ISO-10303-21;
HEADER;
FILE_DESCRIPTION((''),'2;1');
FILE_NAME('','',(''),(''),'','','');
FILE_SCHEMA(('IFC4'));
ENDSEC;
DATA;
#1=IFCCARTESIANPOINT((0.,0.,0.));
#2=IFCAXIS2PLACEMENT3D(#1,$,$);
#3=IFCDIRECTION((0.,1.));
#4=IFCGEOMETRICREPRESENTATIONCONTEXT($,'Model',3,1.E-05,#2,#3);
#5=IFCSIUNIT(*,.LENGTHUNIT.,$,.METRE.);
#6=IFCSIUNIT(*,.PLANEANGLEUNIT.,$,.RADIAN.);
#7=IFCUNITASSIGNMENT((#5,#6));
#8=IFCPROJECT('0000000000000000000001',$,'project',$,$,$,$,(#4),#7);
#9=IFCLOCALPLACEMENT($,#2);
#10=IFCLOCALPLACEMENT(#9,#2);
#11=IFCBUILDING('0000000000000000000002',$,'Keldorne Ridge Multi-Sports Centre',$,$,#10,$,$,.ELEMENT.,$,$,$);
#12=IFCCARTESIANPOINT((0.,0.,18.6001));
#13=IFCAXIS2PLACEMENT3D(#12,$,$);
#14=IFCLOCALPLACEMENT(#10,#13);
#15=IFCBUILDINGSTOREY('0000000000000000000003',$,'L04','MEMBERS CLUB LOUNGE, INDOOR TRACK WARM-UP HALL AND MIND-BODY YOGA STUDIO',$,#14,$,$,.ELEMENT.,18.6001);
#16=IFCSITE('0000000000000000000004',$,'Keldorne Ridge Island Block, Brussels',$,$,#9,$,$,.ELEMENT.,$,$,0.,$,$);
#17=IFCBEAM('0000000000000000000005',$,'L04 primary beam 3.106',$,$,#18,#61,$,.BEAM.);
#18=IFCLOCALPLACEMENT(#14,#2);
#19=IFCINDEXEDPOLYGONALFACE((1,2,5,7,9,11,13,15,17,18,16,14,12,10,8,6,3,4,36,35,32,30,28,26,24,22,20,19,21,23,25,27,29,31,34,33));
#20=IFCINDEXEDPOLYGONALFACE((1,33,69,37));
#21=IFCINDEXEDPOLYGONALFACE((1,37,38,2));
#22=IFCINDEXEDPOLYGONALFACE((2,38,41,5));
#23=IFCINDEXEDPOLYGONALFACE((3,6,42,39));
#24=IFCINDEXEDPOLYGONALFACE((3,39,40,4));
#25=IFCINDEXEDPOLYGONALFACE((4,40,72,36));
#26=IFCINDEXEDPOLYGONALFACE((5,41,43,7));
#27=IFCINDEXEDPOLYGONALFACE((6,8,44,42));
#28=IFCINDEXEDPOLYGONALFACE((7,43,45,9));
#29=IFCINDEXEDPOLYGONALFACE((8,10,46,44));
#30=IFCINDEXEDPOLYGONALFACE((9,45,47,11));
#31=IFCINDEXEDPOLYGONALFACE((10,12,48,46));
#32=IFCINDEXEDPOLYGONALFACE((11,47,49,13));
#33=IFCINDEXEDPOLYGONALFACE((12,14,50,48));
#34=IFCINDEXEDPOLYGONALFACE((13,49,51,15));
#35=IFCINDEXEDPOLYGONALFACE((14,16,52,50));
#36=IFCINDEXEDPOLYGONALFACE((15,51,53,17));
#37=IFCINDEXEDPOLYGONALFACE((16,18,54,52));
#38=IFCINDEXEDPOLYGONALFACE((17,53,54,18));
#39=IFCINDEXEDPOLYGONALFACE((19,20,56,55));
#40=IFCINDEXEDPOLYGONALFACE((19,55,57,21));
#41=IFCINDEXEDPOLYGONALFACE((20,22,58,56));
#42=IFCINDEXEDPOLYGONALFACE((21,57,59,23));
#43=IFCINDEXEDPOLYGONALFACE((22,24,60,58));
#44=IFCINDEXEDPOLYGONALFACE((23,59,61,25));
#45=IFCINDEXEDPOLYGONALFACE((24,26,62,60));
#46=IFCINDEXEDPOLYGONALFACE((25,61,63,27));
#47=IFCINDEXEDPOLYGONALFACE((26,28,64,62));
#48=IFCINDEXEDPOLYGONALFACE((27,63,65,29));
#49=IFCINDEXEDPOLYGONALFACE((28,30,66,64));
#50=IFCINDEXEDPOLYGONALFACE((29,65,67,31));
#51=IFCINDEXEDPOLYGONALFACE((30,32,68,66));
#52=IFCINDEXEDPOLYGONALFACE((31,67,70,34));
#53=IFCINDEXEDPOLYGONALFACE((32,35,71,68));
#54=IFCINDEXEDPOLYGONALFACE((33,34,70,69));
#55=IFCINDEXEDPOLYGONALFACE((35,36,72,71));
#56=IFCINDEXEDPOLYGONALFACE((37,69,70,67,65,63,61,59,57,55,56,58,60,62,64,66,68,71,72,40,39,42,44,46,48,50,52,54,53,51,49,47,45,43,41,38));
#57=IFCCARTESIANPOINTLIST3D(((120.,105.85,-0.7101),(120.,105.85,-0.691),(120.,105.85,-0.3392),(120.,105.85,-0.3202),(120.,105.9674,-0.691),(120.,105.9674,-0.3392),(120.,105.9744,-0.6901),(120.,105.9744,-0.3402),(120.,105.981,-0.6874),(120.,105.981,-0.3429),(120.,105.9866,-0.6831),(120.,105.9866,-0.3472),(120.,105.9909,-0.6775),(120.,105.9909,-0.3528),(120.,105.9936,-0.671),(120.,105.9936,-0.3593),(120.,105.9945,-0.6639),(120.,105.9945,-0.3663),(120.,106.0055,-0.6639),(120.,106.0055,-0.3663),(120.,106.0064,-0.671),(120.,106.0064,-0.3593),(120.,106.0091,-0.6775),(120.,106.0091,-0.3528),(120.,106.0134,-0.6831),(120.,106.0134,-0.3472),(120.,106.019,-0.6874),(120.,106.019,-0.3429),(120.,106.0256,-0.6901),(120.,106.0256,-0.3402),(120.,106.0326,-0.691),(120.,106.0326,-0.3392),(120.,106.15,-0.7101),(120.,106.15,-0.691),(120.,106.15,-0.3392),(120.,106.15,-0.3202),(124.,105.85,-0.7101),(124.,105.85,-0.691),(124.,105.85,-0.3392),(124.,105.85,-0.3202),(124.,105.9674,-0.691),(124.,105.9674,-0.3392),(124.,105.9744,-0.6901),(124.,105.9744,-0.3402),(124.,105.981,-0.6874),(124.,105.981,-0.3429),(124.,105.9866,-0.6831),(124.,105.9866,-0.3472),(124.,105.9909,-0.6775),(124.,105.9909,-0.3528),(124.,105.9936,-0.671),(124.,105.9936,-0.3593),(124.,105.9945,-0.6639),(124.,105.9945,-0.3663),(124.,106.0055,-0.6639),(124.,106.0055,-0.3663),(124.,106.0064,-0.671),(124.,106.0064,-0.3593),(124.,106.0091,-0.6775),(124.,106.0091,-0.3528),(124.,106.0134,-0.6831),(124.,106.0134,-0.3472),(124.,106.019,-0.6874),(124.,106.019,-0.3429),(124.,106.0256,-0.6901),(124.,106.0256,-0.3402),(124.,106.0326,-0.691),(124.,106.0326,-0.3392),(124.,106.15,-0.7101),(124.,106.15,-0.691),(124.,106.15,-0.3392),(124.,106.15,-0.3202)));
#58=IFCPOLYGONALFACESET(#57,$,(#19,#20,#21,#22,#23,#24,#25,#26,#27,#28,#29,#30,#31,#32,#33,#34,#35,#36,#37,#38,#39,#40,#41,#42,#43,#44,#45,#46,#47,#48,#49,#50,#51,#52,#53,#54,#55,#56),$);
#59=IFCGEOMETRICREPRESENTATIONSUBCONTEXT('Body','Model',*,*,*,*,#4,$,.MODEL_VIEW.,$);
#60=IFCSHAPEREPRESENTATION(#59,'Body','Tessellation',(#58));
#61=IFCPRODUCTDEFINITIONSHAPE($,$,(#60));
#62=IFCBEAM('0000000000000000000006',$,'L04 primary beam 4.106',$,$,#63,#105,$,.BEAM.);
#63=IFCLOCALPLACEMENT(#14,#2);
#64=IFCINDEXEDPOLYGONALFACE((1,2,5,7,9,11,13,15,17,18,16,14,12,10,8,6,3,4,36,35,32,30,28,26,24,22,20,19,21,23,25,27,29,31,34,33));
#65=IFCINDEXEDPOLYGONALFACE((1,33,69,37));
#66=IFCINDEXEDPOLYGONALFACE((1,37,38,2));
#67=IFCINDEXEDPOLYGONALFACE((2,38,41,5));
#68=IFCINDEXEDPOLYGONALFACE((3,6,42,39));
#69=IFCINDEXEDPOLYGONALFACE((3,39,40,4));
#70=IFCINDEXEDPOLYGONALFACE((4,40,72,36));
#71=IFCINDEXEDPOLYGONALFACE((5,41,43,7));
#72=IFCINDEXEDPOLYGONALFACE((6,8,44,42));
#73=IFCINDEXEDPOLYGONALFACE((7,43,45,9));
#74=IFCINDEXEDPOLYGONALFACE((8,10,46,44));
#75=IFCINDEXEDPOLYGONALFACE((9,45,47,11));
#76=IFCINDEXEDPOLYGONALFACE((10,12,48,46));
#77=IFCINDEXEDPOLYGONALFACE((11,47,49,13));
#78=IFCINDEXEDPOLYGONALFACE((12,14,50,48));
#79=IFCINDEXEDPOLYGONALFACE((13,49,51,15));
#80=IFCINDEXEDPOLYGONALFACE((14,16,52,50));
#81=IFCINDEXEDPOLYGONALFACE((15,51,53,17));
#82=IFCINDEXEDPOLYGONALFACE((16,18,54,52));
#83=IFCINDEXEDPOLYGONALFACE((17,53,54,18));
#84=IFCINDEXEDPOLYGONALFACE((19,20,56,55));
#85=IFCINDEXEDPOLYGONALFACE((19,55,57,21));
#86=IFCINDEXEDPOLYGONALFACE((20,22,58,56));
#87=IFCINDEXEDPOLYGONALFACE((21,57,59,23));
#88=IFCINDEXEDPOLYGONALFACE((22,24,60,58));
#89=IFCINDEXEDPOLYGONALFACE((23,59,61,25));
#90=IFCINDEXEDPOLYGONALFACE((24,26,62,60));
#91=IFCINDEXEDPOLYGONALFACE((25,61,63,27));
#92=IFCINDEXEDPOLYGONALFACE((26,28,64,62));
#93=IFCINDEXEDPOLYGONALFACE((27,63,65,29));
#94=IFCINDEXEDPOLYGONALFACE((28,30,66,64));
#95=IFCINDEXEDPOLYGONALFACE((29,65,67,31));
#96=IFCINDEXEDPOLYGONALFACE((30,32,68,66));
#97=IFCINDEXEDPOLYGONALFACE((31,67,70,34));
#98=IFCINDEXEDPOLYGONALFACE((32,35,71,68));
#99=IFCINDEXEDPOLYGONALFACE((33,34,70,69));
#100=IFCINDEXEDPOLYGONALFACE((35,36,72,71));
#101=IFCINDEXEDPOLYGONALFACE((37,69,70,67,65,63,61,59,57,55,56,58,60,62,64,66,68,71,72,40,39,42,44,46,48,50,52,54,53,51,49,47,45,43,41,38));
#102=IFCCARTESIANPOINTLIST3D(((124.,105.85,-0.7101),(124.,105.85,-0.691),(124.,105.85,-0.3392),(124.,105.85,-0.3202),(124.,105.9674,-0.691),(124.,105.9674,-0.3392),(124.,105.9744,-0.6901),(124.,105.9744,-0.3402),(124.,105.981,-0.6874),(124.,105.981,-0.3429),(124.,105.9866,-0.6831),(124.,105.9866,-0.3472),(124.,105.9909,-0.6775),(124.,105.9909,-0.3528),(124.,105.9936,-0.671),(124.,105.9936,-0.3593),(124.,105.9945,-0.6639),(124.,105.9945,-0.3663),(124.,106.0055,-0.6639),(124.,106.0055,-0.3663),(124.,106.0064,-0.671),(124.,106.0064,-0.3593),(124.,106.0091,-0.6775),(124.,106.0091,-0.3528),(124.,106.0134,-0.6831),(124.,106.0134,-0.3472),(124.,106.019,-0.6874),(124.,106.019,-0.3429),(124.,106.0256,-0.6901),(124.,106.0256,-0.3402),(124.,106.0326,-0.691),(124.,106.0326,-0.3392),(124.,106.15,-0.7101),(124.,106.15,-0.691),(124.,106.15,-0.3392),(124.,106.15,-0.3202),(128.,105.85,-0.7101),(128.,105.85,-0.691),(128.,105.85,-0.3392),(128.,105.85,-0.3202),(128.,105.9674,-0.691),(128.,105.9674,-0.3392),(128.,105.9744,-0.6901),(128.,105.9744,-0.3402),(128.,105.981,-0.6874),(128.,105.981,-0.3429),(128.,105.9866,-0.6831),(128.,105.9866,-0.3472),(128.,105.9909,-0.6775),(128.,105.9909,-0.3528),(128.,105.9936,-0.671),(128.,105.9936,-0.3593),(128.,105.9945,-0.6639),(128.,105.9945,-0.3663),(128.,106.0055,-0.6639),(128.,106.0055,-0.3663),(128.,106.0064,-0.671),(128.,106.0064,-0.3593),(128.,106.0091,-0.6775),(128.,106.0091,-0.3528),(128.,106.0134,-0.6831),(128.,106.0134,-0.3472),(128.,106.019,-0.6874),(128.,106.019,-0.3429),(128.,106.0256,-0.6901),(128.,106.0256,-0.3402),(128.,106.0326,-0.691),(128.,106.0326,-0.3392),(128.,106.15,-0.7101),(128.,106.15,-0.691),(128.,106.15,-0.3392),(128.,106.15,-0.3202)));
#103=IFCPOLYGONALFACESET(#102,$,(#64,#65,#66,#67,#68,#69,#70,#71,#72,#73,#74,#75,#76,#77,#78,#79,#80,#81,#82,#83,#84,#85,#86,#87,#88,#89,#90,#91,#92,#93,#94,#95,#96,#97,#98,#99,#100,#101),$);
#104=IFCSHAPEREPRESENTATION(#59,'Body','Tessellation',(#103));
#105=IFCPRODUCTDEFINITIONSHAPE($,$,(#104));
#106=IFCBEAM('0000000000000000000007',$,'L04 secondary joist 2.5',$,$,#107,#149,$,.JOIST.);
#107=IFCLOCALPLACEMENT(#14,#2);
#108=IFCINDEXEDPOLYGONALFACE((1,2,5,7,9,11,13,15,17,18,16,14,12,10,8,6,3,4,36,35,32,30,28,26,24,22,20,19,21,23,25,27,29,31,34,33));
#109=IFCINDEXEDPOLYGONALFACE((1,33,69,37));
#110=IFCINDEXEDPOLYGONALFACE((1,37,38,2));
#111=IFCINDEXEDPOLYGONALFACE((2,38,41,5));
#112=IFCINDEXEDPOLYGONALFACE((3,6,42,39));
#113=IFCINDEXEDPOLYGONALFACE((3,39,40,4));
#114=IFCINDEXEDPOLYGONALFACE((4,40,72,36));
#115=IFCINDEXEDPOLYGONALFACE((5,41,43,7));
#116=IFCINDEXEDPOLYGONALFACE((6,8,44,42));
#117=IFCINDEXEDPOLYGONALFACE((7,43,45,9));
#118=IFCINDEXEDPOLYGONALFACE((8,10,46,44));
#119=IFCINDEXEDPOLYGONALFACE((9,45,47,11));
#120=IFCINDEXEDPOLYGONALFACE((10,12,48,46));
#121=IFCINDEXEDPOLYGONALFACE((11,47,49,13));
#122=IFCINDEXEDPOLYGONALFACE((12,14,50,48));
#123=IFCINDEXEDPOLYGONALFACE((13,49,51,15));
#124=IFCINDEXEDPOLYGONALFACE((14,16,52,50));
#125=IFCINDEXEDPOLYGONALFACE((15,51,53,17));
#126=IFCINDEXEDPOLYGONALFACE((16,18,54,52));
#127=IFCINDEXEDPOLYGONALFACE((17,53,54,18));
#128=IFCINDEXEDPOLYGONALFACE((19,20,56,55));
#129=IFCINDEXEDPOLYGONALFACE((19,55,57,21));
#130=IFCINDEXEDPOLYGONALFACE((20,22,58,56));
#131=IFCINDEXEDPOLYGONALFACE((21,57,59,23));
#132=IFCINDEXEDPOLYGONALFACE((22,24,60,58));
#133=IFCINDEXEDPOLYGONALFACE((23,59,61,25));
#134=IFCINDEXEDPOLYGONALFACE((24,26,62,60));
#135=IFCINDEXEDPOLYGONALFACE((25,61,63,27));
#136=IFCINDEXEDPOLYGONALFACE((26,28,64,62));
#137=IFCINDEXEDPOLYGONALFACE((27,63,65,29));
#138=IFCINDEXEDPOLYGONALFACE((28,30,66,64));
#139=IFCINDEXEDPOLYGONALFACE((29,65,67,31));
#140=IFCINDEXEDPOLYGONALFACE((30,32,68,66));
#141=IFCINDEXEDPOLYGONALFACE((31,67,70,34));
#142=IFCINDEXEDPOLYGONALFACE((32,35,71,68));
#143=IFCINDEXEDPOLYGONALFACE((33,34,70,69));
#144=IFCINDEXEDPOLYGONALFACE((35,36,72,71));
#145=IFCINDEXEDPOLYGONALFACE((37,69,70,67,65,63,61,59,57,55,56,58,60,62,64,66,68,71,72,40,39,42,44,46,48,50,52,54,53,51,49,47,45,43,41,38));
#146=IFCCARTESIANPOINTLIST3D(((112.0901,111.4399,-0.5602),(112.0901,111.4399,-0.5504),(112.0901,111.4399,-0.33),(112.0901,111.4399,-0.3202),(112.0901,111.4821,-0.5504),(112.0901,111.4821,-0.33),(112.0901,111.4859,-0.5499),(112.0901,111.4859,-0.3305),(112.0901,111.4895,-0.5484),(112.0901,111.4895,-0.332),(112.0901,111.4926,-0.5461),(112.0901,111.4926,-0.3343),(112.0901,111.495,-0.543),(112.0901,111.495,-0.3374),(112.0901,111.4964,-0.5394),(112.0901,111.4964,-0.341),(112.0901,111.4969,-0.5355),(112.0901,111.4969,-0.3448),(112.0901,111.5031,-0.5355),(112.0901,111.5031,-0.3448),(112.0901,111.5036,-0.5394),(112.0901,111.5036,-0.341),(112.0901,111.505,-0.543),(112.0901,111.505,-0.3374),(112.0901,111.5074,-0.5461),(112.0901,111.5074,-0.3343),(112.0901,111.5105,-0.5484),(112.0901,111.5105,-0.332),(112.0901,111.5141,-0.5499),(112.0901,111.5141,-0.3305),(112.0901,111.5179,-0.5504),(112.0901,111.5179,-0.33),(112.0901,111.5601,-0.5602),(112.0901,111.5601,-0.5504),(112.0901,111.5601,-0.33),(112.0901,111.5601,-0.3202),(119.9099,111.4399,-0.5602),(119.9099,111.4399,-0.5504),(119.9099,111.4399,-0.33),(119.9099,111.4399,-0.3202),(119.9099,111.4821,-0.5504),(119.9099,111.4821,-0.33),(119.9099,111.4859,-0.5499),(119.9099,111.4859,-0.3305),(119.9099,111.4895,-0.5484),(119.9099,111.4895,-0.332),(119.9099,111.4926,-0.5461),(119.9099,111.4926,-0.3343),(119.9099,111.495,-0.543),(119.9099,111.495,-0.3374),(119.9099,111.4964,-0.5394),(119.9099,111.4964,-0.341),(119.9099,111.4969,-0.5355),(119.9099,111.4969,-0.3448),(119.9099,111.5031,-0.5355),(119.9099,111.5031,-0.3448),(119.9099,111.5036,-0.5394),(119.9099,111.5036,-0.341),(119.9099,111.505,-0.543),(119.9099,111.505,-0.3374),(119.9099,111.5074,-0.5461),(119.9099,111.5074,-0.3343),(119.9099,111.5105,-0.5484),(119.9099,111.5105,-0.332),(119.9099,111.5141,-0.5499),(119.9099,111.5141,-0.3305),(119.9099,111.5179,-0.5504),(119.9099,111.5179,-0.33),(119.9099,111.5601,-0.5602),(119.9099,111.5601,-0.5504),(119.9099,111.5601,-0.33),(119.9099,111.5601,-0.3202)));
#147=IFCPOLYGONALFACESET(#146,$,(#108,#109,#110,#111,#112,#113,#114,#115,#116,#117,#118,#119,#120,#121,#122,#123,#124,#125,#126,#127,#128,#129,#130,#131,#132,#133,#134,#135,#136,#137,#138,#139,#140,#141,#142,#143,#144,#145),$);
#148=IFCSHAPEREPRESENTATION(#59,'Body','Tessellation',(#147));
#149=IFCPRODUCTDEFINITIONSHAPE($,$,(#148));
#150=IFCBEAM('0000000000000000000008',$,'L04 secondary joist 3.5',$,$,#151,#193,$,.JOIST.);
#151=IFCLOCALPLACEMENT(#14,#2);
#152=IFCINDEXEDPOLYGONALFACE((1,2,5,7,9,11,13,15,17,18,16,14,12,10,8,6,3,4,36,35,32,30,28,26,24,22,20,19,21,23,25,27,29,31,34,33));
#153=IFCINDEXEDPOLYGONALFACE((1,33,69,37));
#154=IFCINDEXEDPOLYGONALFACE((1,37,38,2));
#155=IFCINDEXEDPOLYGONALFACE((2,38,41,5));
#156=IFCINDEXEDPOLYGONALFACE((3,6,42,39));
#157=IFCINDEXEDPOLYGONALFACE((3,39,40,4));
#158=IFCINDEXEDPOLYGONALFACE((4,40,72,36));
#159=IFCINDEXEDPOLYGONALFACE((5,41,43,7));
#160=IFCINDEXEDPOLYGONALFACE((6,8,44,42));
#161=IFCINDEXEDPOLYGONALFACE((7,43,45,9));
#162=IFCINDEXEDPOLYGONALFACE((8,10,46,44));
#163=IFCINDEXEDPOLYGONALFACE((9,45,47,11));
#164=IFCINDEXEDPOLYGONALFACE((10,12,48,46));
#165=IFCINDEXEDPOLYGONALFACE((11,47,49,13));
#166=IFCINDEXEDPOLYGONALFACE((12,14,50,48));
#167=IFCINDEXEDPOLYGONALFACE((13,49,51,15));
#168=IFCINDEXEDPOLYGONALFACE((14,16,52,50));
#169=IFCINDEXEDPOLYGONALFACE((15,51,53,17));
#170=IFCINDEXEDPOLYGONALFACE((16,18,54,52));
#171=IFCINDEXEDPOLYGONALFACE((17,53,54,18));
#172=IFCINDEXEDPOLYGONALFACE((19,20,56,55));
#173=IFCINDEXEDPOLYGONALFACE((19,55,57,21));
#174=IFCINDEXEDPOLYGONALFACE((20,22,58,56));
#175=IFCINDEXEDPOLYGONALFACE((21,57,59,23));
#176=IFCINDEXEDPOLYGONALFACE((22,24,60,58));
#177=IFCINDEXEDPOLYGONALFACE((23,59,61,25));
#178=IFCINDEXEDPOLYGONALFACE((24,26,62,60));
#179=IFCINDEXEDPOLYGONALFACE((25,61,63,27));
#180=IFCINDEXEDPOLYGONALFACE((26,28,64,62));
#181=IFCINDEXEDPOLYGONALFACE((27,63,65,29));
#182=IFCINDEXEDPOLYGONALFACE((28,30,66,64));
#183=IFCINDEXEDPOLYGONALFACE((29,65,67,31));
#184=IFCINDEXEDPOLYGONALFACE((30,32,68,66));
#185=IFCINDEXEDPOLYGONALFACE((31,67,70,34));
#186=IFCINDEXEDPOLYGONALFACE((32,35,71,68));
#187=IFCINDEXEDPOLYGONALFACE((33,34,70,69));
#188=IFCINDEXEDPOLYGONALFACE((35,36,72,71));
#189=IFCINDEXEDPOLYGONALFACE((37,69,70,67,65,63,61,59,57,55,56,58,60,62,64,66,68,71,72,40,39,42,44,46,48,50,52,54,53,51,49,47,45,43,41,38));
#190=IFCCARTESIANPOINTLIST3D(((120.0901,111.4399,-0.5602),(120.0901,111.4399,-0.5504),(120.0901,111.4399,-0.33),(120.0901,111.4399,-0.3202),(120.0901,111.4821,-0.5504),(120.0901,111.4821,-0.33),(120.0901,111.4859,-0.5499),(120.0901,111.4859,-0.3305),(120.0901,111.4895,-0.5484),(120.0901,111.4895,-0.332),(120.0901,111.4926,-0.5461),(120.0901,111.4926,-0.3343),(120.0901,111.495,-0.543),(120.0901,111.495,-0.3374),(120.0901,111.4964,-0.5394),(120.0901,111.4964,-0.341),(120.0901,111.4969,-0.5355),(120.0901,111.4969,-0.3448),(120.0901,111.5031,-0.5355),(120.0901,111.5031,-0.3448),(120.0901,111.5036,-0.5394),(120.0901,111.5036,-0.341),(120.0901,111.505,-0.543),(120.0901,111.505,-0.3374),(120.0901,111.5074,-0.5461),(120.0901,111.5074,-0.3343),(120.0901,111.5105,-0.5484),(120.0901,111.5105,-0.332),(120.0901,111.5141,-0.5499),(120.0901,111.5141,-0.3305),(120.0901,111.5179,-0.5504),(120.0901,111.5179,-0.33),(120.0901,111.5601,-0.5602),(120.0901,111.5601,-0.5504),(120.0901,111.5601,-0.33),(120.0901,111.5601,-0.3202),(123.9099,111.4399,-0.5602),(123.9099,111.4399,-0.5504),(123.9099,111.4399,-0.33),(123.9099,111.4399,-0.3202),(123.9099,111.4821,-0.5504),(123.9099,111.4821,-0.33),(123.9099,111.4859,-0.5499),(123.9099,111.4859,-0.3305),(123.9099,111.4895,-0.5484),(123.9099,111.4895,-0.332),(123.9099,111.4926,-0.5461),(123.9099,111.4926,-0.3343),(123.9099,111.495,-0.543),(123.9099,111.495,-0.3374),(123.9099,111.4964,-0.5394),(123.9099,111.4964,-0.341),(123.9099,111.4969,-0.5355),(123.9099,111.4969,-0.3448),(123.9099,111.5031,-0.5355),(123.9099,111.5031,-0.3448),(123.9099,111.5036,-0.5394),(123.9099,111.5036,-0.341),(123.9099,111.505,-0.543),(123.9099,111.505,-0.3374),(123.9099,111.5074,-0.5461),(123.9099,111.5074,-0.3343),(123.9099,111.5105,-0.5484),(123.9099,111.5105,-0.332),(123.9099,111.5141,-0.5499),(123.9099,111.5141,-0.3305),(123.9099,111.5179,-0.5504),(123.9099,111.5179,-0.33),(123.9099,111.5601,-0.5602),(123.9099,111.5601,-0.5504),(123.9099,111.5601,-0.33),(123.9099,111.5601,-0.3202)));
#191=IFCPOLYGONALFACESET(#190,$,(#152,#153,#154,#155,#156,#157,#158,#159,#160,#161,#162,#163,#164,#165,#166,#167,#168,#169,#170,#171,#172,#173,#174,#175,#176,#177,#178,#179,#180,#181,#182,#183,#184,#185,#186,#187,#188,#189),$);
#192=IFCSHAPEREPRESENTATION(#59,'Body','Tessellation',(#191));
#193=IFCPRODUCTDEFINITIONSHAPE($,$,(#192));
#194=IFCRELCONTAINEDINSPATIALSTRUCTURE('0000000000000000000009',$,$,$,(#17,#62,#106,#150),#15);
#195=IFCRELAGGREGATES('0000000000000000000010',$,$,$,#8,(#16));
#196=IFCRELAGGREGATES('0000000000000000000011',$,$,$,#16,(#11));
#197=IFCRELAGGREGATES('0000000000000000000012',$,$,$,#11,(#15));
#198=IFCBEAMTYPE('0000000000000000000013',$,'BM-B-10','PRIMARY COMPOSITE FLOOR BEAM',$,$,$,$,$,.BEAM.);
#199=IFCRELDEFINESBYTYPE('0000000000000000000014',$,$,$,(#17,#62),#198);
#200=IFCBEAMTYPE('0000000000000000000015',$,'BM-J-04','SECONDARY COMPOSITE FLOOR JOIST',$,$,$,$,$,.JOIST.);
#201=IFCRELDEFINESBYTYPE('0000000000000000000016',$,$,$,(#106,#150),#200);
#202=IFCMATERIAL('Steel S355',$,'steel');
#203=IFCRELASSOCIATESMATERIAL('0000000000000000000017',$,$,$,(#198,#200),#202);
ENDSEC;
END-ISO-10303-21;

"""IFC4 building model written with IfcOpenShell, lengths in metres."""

from ifc_helpers import new_model, si_unit, direction, frame, origin, origin_2d, place, context, subcontext, project, spatial, i_section, extrude, material, material_profile, profile_set, type_object, element, save


model = new_model("IFC4")

# Units and contexts
model_context = context("Model", 3, precision=1e-05, world=origin(), true_north=direction((0.0, 1.0)))
body_context = subcontext(model_context, "Body", "Model", "MODEL_VIEW")
ifc_project = project(units=[si_unit("LENGTHUNIT", "METRE"), si_unit("PLANEANGLEUNIT", "RADIAN")], contexts=[model_context])

# Site, building, storey
site_placement = place(None, origin())
site = spatial("IfcSite", under=ifc_project, at=site_placement, Name="Keldorne Ridge Island Block, Brussels", CompositionType="ELEMENT", RefElevation=0.0)
building_placement = place(site_placement, origin())
building = spatial("IfcBuilding", under=site, at=building_placement, Name="Keldorne Ridge Multi-Sports Centre", CompositionType="ELEMENT")
storey_placement = place(building_placement, frame((0.0, 0.0, 18.6001)))
storey = spatial("IfcBuildingStorey", under=building, at=storey_placement, Name="L04", Description="MEMBERS CLUB LOUNGE, INDOOR TRACK WARM-UP HALL AND MIND-BODY YOGA STUDIO", CompositionType="ELEMENT", Elevation=18.6001)

# Shared definitions
ifc_material_1 = material(Name="Steel S355", Category="steel")

# Beams
ifc_material_profile_1 = material_profile(ifc_material_1, i_section(OverallWidth=0.3, OverallDepth=0.3899, WebThickness=0.011, FlangeThickness=0.019, FilletRadius=0.0271, at=origin_2d()), Name="HEA 400")
ifc_profile_set_1 = profile_set([ifc_material_profile_1], Name="Steel S355")
beam_type_1 = type_object("IfcBeamType", Name="BM-B-10", Description="PRIMARY COMPOSITE FLOOR BEAM", PredefinedType="BEAM", material=ifc_profile_set_1)
for number, where, z_axis, x_axis, name in (
    (1, (120.0, 106.0, -0.5151), (1.0, 0.0, 0.0), (0.0, 1.0, 0.0), "L04 primary beam 3.106"),
    (2, (124.0, 106.0, -0.5151), (1.0, 0.0, 0.0), (0.0, 1.0, 0.0), "L04 primary beam 4.106"),
):
    element("IfcBeam", number, at=place(storey_placement, frame(where, z_axis=z_axis, x_axis=x_axis)), inside=storey, type_object=beam_type_1, Name=name, PredefinedType="BEAM", context=body_context, shape_type="SweptSolid", body=[
        extrude(i_section(OverallWidth=0.3, OverallDepth=0.3899, WebThickness=0.011, FlangeThickness=0.019, FilletRadius=0.0271, at=origin_2d()), origin(), (0.0, 0.0, 1.0), 4.0),
    ])
ifc_material_profile_2 = material_profile(ifc_material_1, i_section(OverallWidth=0.1201, OverallDepth=0.24, WebThickness=0.0061, FlangeThickness=0.0098, FilletRadius=0.0149, at=origin_2d()), Name="IPE 240")
ifc_profile_set_2 = profile_set([ifc_material_profile_2], Name="Steel S355")
beam_type_2 = type_object("IfcBeamType", Name="BM-J-04", Description="SECONDARY COMPOSITE FLOOR JOIST", PredefinedType="JOIST", material=ifc_profile_set_2)
beam_1_placement = place(storey_placement, frame((112.0901, 111.5, -0.4402), z_axis=(1.0, 0.0, 0.0), x_axis=(0.0, 1.0, 0.0)))
element("IfcBeam", 3, at=beam_1_placement, inside=storey, type_object=beam_type_2, Name="L04 secondary joist 2.5", PredefinedType="JOIST", context=body_context, shape_type="SweptSolid", body=[
    extrude(i_section(OverallWidth=0.1201, OverallDepth=0.24, WebThickness=0.0061, FlangeThickness=0.0098, FilletRadius=0.0149, at=origin_2d()), origin(), (0.0, 0.0, 1.0), 7.8198),
])
for number, where, z_axis, x_axis, name in (
    (4, (120.0901, 111.5, -0.4402), (1.0, 0.0, 0.0), (0.0, 1.0, 0.0), "L04 secondary joist 3.5"),
):
    element("IfcBeam", number, at=place(storey_placement, frame(where, z_axis=z_axis, x_axis=x_axis)), inside=storey, type_object=beam_type_2, Name=name, PredefinedType="JOIST", context=body_context, shape_type="SweptSolid", body=[
        extrude(i_section(OverallWidth=0.1201, OverallDepth=0.24, WebThickness=0.0061, FlangeThickness=0.0098, FilletRadius=0.0149, at=origin_2d()), origin(), (0.0, 0.0, 1.0), 3.8198),
    ])

save(model, "model.ifc")
